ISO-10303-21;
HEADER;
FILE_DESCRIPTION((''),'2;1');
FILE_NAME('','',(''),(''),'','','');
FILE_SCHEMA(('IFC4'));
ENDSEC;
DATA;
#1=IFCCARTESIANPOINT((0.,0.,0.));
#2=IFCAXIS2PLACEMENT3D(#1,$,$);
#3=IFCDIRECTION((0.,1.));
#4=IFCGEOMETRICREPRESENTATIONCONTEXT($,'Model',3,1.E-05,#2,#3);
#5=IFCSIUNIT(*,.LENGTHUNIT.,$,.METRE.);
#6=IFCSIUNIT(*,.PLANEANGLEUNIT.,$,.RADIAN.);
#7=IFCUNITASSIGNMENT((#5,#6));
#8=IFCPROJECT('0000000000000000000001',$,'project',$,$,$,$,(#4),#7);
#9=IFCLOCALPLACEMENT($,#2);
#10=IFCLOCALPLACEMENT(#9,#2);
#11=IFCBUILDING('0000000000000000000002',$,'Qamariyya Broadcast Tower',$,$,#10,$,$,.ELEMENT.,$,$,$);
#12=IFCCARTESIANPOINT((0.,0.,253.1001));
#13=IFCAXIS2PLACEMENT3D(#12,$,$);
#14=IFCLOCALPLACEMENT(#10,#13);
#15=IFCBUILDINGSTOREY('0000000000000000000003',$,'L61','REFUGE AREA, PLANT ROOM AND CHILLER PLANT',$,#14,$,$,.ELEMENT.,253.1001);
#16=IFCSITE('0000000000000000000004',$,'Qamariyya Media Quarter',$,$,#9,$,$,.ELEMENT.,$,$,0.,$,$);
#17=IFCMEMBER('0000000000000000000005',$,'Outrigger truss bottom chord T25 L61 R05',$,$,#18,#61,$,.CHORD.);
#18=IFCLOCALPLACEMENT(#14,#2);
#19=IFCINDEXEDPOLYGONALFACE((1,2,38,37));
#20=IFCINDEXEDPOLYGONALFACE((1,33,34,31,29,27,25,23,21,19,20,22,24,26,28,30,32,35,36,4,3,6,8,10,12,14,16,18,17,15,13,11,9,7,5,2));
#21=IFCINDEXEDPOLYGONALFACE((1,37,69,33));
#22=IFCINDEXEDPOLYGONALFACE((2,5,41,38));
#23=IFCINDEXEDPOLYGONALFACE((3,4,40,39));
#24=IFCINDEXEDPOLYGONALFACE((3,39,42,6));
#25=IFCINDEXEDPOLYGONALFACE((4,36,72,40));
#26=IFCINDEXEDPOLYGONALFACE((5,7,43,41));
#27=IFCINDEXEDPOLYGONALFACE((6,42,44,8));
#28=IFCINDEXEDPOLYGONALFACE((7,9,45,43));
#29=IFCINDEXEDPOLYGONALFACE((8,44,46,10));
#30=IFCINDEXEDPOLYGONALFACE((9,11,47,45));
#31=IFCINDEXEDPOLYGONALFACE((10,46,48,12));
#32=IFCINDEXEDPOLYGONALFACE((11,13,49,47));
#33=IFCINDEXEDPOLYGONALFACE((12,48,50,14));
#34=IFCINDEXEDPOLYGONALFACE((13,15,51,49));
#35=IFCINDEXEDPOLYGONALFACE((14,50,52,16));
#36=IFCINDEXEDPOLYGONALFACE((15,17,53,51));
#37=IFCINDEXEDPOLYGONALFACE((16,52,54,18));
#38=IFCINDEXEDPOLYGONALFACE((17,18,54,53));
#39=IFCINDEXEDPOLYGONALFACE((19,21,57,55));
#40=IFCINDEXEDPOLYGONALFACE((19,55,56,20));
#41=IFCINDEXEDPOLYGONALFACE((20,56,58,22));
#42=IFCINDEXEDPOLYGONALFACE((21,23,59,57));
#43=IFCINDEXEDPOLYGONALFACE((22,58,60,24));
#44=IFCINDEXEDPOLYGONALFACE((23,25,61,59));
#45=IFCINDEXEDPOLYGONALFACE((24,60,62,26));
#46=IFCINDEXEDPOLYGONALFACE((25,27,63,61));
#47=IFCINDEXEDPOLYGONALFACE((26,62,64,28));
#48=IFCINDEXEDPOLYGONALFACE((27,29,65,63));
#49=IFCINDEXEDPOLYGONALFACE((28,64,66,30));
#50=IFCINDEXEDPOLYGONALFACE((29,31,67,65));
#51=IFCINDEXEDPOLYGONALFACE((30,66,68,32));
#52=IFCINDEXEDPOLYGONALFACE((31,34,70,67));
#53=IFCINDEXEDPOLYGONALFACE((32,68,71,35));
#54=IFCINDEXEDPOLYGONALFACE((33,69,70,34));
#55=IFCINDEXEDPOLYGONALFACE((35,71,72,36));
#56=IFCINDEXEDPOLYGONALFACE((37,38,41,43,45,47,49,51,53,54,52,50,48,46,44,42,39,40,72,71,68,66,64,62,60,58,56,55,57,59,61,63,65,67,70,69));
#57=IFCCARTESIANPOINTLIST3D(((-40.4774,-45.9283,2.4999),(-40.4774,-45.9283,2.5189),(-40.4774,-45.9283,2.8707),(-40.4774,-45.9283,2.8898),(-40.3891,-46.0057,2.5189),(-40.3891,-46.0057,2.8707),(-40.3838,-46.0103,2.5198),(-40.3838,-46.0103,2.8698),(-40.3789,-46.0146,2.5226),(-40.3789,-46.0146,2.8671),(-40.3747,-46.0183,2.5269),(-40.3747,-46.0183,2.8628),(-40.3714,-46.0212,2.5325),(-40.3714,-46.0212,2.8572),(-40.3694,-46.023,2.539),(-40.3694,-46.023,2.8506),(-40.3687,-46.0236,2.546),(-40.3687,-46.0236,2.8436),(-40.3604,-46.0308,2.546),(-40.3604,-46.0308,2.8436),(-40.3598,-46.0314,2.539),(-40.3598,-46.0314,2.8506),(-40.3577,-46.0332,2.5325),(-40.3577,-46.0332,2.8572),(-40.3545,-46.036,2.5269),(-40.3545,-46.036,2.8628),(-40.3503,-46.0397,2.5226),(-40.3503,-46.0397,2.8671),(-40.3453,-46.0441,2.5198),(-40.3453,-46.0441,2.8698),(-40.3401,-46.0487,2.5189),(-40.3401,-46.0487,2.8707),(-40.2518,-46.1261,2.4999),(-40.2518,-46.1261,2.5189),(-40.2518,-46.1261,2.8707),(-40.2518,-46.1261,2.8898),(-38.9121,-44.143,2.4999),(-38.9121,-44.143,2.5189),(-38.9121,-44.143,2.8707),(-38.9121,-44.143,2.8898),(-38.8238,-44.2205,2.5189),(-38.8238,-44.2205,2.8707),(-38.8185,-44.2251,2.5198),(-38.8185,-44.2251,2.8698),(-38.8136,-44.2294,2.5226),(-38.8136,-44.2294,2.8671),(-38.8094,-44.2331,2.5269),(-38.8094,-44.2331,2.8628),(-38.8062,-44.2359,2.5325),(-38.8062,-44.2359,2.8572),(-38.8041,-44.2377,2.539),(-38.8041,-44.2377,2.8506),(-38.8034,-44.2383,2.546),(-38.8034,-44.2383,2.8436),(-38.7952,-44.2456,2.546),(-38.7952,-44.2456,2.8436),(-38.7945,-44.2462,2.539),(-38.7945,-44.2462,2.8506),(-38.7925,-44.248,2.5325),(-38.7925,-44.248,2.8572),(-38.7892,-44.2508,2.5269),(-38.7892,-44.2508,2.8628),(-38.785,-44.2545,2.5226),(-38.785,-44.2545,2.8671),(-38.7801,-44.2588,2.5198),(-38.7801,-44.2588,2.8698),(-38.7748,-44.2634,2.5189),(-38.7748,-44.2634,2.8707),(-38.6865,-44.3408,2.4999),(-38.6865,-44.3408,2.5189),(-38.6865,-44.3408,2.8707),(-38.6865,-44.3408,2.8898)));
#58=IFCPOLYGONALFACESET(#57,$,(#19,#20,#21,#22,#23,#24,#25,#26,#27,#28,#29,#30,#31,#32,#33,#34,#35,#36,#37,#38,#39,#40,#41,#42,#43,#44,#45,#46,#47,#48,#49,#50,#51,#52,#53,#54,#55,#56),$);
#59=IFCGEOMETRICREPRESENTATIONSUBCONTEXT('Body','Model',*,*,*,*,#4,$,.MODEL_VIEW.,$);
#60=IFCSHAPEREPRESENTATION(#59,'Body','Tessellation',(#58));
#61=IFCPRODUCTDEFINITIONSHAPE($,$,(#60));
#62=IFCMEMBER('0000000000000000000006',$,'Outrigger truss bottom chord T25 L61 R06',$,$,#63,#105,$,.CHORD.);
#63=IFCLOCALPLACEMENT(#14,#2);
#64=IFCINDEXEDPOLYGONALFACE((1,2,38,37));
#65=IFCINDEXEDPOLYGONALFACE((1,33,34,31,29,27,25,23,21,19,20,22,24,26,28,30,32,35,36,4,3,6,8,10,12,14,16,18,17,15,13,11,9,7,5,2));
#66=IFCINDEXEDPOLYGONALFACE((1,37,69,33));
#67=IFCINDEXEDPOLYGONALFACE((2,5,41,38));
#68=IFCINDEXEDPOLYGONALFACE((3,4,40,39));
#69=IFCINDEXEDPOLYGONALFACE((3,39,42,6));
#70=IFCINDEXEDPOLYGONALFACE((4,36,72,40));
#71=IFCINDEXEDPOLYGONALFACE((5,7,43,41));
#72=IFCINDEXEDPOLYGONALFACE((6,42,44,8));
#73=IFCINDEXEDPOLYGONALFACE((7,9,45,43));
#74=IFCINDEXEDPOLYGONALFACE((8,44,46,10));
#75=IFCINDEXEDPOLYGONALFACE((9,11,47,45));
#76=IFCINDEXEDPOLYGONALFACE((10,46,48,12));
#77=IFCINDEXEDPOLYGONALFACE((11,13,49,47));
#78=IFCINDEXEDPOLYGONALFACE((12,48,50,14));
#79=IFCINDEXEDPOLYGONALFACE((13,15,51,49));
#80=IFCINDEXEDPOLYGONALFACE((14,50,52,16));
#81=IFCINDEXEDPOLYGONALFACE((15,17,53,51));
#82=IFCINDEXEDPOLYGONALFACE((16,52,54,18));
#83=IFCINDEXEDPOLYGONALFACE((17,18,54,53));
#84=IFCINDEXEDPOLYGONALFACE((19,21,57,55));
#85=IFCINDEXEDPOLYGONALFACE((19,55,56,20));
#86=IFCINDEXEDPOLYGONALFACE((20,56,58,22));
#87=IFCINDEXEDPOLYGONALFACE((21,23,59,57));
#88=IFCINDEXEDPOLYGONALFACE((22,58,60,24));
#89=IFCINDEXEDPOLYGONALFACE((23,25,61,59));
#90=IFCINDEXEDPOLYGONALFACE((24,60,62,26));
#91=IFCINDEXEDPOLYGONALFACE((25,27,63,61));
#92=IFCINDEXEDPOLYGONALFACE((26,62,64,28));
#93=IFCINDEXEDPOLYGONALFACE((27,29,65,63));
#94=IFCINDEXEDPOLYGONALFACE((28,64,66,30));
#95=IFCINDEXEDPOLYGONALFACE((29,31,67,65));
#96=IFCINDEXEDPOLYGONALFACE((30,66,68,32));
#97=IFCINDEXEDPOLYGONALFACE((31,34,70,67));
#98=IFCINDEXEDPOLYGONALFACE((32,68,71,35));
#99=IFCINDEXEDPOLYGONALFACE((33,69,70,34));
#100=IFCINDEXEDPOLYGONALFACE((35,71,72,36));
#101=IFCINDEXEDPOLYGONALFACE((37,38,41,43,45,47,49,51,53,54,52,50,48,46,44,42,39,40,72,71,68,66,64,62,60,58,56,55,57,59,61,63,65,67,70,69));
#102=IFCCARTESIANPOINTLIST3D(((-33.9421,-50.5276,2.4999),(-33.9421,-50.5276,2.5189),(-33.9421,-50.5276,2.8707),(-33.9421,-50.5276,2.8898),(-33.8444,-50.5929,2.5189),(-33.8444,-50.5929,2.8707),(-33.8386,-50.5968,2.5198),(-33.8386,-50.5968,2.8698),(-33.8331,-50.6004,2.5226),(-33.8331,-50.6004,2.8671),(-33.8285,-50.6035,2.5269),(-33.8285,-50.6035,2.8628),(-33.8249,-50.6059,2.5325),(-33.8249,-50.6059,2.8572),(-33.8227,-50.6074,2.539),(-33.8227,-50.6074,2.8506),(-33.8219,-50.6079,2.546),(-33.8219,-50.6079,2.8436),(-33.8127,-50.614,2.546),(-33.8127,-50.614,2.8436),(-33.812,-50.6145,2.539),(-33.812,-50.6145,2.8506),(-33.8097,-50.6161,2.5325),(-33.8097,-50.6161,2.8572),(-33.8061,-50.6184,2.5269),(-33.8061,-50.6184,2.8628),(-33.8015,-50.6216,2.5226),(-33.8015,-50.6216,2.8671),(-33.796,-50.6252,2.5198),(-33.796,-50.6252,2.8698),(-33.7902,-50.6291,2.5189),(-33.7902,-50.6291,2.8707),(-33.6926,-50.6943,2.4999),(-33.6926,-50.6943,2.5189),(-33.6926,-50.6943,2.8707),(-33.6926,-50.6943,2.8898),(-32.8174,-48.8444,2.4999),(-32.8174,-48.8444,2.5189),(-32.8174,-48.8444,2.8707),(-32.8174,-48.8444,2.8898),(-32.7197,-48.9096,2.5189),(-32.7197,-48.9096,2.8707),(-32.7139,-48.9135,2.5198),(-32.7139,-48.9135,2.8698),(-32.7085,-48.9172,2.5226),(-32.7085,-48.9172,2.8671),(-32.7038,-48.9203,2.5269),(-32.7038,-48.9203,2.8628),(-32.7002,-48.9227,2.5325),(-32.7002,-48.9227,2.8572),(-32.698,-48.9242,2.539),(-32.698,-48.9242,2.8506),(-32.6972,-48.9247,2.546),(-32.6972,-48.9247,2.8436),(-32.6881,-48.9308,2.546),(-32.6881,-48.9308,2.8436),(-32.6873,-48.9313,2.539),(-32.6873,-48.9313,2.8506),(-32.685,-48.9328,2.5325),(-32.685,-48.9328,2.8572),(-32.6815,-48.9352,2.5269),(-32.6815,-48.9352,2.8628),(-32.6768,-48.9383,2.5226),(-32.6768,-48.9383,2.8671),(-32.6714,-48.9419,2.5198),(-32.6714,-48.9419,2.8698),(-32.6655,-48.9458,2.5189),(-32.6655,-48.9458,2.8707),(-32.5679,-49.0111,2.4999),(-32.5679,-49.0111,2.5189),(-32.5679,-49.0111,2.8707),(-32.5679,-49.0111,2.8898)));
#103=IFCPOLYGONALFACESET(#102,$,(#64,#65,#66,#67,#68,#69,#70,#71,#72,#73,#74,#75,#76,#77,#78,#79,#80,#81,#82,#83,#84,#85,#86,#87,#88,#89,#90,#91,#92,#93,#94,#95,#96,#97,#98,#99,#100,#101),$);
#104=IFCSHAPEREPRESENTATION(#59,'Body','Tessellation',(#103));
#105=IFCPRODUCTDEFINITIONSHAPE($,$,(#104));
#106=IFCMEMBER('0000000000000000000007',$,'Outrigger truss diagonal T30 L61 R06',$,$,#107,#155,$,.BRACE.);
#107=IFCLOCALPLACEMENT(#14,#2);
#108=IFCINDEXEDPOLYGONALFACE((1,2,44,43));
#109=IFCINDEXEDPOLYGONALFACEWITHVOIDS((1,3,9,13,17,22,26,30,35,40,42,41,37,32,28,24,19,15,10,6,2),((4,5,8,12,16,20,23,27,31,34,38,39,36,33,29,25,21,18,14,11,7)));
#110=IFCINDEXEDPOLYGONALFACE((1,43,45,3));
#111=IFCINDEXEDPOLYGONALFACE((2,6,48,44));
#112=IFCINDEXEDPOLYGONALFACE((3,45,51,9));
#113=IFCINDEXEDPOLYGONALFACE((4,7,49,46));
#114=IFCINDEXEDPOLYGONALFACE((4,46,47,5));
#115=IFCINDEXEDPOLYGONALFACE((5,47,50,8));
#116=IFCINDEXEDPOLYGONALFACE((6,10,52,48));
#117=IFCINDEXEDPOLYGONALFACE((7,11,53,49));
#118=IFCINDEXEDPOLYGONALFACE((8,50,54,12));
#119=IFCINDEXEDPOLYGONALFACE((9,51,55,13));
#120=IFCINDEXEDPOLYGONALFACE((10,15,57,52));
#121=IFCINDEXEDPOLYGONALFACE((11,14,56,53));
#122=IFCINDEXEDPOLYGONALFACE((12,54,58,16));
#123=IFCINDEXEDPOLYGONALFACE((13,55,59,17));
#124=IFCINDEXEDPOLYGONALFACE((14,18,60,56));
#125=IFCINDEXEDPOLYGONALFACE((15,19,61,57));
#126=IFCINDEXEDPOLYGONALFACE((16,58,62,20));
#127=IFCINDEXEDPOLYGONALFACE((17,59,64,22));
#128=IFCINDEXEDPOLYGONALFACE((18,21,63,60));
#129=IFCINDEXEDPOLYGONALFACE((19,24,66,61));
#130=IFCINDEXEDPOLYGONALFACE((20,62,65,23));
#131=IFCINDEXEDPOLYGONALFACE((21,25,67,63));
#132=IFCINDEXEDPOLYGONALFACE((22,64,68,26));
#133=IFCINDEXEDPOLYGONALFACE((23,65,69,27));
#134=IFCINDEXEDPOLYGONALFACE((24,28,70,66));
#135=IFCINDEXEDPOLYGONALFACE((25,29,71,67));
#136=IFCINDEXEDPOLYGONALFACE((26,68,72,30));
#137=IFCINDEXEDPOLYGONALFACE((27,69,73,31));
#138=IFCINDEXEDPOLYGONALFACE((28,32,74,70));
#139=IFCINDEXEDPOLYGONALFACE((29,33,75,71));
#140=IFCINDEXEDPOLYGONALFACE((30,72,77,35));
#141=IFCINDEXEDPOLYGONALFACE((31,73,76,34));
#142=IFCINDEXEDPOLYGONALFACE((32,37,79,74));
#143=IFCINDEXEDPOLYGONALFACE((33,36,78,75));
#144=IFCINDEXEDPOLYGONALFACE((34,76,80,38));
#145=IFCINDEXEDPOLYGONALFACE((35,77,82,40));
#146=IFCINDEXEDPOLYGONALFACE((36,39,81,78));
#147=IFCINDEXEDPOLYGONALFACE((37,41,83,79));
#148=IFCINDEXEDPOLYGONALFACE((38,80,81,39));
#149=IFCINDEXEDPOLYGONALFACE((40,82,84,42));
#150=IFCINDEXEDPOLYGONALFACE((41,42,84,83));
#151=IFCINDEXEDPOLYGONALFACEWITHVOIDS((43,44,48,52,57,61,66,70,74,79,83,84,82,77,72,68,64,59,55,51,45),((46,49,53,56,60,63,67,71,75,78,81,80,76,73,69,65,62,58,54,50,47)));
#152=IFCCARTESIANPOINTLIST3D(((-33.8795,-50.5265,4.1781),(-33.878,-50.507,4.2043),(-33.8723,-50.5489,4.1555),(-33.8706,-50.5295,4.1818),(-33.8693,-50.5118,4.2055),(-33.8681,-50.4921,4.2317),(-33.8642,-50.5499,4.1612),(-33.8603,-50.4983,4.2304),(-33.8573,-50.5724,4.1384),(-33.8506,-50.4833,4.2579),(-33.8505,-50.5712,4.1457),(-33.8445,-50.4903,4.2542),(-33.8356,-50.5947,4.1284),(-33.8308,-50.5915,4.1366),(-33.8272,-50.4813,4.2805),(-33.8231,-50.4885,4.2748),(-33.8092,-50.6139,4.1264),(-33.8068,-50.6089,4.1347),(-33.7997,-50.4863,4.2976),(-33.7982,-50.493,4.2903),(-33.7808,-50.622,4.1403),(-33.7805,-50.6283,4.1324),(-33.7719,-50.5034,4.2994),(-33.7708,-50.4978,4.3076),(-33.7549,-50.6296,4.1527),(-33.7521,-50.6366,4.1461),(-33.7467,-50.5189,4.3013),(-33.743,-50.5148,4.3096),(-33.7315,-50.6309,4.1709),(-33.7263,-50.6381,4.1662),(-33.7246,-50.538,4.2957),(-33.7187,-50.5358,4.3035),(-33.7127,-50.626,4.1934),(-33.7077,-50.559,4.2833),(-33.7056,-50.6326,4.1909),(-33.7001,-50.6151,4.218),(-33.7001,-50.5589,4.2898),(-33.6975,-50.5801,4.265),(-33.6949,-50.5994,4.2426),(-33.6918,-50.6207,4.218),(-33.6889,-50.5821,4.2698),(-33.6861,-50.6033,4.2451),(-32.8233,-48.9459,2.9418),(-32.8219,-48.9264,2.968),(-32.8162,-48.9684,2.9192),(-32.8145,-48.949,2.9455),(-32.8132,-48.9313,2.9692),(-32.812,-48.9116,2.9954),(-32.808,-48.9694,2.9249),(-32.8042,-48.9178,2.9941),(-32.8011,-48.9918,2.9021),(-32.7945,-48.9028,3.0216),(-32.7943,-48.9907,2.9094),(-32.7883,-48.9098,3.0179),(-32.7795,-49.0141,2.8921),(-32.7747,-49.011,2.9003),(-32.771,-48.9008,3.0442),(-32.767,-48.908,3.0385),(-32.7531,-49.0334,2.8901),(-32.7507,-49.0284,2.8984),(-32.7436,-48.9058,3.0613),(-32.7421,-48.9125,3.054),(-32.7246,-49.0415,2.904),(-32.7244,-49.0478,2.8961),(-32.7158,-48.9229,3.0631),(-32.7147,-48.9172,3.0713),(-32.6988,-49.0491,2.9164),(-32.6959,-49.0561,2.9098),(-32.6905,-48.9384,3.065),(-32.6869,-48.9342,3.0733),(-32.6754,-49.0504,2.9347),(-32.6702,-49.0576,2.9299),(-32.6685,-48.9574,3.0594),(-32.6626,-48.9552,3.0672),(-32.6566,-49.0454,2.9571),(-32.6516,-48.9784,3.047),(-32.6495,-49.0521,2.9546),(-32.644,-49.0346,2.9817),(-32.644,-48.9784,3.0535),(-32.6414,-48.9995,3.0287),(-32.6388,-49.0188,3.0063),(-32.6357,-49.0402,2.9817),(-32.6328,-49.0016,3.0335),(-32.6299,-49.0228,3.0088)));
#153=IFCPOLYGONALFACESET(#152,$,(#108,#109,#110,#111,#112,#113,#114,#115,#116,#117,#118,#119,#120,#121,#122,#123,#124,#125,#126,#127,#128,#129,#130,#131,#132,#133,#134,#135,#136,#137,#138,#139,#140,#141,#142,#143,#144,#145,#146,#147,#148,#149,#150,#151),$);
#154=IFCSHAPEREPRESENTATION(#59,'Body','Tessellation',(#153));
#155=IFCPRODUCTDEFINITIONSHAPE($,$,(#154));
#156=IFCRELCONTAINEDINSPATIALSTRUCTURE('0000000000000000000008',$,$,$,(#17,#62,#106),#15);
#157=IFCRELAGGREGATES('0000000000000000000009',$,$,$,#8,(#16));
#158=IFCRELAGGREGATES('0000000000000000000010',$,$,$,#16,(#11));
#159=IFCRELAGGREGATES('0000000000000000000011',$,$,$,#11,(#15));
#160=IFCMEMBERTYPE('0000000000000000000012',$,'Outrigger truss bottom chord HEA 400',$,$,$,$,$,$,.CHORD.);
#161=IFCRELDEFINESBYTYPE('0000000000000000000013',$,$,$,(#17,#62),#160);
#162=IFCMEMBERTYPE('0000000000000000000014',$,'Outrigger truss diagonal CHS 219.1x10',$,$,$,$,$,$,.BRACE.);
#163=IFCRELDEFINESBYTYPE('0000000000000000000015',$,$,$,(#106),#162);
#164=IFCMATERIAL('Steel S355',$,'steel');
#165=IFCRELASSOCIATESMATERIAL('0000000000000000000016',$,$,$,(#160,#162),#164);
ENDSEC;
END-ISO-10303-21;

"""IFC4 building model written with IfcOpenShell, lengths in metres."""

from ifc_helpers import new_model, si_unit, direction, frame, origin, origin_2d, place, context, subcontext, project, spatial, hollow_circle, i_section, extrude, material, material_profile, profile_set, type_object, element, save


model = new_model("IFC4")

# Units and contexts
model_context = context("Model", 3, precision=1e-05, world=origin(), true_north=direction((0.0, 1.0)))
body_context = subcontext(model_context, "Body", "Model", "MODEL_VIEW")
ifc_project = project(units=[si_unit("LENGTHUNIT", "METRE"), si_unit("PLANEANGLEUNIT", "RADIAN")], contexts=[model_context])

# Site, building, storey
site_placement = place(None, origin())
site = spatial("IfcSite", under=ifc_project, at=site_placement, Name="Qamariyya Media Quarter", CompositionType="ELEMENT", RefElevation=0.0)
building_placement = place(site_placement, origin())
building = spatial("IfcBuilding", under=site, at=building_placement, Name="Qamariyya Broadcast Tower", CompositionType="ELEMENT")
storey_placement = place(building_placement, frame((0.0, 0.0, 253.1001)))
storey = spatial("IfcBuildingStorey", under=building, at=storey_placement, Name="L61", Description="REFUGE AREA, PLANT ROOM AND CHILLER PLANT", CompositionType="ELEMENT", Elevation=253.1001)

# Members
ifc_material_1 = material(Name="Steel S355", Category="steel")
ifc_material_profile_1 = material_profile(ifc_material_1, i_section(OverallWidth=0.3, OverallDepth=0.3899, WebThickness=0.011, FlangeThickness=0.019, FilletRadius=0.0271, at=origin_2d()))
ifc_profile_set_1 = profile_set([ifc_material_profile_1], Name="Steel S355")
member_type_1 = type_object("IfcMemberType", Name="Outrigger truss bottom chord HEA 400", PredefinedType="CHORD", material=ifc_profile_set_1)
member_1_placement = place(storey_placement, frame((-38.7993, -44.2419, 2.6948), z_axis=(-0.659261, -0.751914, 0.0), x_axis=(0.751914, -0.659261, 0.0)))
element("IfcMember", 1, at=member_1_placement, inside=storey, type_object=member_type_1, Name="Outrigger truss bottom chord T25 L61 R05", PredefinedType="CHORD", context=body_context, shape_type="SweptSolid", body=[
    extrude(i_section(OverallWidth=0.3, OverallDepth=0.3899, WebThickness=0.011, FlangeThickness=0.019, FilletRadius=0.0271, at=origin_2d()), origin(), (0.0, 0.0, 1.0), 2.3743),
])
member_2_placement = place(storey_placement, frame((-32.6926, -48.9277, 2.6948), z_axis=(-0.555563, -0.831475, 0.0), x_axis=(0.831475, -0.555563, 0.0)))
element("IfcMember", 2, at=member_2_placement, inside=storey, type_object=member_type_1, Name="Outrigger truss bottom chord T25 L61 R06", PredefinedType="CHORD", context=body_context, shape_type="SweptSolid", body=[
    extrude(i_section(OverallWidth=0.3, OverallDepth=0.3899, WebThickness=0.011, FlangeThickness=0.019, FilletRadius=0.0271, at=origin_2d()), origin(), (0.0, 0.0, 1.0), 2.0244),
])
ifc_material_profile_2 = material_profile(ifc_material_1, hollow_circle(Radius=0.1096, WallThickness=0.01, at=origin_2d()))
ifc_profile_set_2 = profile_set([ifc_material_profile_2], Name="Steel S355")
member_type_2 = type_object("IfcMemberType", Name="Outrigger truss diagonal CHS 219.1x10", PredefinedType="BRACE", material=ifc_profile_set_2)
member_3_placement = place(storey_placement, frame((-32.7268, -48.9792, 2.9817), z_axis=(-0.465751, -0.697012, 0.545207), x_axis=(0.831457, -0.555589, 0.0)))
element("IfcMember", 3, at=member_3_placement, inside=storey, type_object=member_type_2, Name="Outrigger truss diagonal T30 L61 R06", PredefinedType="BRACE", context=body_context, shape_type="SweptSolid", body=[
    extrude(hollow_circle(Radius=0.1096, WallThickness=0.01, at=origin_2d()), origin(), (0.0, 0.0, 1.0), 2.2676),
])

save(model, "model.ifc")
